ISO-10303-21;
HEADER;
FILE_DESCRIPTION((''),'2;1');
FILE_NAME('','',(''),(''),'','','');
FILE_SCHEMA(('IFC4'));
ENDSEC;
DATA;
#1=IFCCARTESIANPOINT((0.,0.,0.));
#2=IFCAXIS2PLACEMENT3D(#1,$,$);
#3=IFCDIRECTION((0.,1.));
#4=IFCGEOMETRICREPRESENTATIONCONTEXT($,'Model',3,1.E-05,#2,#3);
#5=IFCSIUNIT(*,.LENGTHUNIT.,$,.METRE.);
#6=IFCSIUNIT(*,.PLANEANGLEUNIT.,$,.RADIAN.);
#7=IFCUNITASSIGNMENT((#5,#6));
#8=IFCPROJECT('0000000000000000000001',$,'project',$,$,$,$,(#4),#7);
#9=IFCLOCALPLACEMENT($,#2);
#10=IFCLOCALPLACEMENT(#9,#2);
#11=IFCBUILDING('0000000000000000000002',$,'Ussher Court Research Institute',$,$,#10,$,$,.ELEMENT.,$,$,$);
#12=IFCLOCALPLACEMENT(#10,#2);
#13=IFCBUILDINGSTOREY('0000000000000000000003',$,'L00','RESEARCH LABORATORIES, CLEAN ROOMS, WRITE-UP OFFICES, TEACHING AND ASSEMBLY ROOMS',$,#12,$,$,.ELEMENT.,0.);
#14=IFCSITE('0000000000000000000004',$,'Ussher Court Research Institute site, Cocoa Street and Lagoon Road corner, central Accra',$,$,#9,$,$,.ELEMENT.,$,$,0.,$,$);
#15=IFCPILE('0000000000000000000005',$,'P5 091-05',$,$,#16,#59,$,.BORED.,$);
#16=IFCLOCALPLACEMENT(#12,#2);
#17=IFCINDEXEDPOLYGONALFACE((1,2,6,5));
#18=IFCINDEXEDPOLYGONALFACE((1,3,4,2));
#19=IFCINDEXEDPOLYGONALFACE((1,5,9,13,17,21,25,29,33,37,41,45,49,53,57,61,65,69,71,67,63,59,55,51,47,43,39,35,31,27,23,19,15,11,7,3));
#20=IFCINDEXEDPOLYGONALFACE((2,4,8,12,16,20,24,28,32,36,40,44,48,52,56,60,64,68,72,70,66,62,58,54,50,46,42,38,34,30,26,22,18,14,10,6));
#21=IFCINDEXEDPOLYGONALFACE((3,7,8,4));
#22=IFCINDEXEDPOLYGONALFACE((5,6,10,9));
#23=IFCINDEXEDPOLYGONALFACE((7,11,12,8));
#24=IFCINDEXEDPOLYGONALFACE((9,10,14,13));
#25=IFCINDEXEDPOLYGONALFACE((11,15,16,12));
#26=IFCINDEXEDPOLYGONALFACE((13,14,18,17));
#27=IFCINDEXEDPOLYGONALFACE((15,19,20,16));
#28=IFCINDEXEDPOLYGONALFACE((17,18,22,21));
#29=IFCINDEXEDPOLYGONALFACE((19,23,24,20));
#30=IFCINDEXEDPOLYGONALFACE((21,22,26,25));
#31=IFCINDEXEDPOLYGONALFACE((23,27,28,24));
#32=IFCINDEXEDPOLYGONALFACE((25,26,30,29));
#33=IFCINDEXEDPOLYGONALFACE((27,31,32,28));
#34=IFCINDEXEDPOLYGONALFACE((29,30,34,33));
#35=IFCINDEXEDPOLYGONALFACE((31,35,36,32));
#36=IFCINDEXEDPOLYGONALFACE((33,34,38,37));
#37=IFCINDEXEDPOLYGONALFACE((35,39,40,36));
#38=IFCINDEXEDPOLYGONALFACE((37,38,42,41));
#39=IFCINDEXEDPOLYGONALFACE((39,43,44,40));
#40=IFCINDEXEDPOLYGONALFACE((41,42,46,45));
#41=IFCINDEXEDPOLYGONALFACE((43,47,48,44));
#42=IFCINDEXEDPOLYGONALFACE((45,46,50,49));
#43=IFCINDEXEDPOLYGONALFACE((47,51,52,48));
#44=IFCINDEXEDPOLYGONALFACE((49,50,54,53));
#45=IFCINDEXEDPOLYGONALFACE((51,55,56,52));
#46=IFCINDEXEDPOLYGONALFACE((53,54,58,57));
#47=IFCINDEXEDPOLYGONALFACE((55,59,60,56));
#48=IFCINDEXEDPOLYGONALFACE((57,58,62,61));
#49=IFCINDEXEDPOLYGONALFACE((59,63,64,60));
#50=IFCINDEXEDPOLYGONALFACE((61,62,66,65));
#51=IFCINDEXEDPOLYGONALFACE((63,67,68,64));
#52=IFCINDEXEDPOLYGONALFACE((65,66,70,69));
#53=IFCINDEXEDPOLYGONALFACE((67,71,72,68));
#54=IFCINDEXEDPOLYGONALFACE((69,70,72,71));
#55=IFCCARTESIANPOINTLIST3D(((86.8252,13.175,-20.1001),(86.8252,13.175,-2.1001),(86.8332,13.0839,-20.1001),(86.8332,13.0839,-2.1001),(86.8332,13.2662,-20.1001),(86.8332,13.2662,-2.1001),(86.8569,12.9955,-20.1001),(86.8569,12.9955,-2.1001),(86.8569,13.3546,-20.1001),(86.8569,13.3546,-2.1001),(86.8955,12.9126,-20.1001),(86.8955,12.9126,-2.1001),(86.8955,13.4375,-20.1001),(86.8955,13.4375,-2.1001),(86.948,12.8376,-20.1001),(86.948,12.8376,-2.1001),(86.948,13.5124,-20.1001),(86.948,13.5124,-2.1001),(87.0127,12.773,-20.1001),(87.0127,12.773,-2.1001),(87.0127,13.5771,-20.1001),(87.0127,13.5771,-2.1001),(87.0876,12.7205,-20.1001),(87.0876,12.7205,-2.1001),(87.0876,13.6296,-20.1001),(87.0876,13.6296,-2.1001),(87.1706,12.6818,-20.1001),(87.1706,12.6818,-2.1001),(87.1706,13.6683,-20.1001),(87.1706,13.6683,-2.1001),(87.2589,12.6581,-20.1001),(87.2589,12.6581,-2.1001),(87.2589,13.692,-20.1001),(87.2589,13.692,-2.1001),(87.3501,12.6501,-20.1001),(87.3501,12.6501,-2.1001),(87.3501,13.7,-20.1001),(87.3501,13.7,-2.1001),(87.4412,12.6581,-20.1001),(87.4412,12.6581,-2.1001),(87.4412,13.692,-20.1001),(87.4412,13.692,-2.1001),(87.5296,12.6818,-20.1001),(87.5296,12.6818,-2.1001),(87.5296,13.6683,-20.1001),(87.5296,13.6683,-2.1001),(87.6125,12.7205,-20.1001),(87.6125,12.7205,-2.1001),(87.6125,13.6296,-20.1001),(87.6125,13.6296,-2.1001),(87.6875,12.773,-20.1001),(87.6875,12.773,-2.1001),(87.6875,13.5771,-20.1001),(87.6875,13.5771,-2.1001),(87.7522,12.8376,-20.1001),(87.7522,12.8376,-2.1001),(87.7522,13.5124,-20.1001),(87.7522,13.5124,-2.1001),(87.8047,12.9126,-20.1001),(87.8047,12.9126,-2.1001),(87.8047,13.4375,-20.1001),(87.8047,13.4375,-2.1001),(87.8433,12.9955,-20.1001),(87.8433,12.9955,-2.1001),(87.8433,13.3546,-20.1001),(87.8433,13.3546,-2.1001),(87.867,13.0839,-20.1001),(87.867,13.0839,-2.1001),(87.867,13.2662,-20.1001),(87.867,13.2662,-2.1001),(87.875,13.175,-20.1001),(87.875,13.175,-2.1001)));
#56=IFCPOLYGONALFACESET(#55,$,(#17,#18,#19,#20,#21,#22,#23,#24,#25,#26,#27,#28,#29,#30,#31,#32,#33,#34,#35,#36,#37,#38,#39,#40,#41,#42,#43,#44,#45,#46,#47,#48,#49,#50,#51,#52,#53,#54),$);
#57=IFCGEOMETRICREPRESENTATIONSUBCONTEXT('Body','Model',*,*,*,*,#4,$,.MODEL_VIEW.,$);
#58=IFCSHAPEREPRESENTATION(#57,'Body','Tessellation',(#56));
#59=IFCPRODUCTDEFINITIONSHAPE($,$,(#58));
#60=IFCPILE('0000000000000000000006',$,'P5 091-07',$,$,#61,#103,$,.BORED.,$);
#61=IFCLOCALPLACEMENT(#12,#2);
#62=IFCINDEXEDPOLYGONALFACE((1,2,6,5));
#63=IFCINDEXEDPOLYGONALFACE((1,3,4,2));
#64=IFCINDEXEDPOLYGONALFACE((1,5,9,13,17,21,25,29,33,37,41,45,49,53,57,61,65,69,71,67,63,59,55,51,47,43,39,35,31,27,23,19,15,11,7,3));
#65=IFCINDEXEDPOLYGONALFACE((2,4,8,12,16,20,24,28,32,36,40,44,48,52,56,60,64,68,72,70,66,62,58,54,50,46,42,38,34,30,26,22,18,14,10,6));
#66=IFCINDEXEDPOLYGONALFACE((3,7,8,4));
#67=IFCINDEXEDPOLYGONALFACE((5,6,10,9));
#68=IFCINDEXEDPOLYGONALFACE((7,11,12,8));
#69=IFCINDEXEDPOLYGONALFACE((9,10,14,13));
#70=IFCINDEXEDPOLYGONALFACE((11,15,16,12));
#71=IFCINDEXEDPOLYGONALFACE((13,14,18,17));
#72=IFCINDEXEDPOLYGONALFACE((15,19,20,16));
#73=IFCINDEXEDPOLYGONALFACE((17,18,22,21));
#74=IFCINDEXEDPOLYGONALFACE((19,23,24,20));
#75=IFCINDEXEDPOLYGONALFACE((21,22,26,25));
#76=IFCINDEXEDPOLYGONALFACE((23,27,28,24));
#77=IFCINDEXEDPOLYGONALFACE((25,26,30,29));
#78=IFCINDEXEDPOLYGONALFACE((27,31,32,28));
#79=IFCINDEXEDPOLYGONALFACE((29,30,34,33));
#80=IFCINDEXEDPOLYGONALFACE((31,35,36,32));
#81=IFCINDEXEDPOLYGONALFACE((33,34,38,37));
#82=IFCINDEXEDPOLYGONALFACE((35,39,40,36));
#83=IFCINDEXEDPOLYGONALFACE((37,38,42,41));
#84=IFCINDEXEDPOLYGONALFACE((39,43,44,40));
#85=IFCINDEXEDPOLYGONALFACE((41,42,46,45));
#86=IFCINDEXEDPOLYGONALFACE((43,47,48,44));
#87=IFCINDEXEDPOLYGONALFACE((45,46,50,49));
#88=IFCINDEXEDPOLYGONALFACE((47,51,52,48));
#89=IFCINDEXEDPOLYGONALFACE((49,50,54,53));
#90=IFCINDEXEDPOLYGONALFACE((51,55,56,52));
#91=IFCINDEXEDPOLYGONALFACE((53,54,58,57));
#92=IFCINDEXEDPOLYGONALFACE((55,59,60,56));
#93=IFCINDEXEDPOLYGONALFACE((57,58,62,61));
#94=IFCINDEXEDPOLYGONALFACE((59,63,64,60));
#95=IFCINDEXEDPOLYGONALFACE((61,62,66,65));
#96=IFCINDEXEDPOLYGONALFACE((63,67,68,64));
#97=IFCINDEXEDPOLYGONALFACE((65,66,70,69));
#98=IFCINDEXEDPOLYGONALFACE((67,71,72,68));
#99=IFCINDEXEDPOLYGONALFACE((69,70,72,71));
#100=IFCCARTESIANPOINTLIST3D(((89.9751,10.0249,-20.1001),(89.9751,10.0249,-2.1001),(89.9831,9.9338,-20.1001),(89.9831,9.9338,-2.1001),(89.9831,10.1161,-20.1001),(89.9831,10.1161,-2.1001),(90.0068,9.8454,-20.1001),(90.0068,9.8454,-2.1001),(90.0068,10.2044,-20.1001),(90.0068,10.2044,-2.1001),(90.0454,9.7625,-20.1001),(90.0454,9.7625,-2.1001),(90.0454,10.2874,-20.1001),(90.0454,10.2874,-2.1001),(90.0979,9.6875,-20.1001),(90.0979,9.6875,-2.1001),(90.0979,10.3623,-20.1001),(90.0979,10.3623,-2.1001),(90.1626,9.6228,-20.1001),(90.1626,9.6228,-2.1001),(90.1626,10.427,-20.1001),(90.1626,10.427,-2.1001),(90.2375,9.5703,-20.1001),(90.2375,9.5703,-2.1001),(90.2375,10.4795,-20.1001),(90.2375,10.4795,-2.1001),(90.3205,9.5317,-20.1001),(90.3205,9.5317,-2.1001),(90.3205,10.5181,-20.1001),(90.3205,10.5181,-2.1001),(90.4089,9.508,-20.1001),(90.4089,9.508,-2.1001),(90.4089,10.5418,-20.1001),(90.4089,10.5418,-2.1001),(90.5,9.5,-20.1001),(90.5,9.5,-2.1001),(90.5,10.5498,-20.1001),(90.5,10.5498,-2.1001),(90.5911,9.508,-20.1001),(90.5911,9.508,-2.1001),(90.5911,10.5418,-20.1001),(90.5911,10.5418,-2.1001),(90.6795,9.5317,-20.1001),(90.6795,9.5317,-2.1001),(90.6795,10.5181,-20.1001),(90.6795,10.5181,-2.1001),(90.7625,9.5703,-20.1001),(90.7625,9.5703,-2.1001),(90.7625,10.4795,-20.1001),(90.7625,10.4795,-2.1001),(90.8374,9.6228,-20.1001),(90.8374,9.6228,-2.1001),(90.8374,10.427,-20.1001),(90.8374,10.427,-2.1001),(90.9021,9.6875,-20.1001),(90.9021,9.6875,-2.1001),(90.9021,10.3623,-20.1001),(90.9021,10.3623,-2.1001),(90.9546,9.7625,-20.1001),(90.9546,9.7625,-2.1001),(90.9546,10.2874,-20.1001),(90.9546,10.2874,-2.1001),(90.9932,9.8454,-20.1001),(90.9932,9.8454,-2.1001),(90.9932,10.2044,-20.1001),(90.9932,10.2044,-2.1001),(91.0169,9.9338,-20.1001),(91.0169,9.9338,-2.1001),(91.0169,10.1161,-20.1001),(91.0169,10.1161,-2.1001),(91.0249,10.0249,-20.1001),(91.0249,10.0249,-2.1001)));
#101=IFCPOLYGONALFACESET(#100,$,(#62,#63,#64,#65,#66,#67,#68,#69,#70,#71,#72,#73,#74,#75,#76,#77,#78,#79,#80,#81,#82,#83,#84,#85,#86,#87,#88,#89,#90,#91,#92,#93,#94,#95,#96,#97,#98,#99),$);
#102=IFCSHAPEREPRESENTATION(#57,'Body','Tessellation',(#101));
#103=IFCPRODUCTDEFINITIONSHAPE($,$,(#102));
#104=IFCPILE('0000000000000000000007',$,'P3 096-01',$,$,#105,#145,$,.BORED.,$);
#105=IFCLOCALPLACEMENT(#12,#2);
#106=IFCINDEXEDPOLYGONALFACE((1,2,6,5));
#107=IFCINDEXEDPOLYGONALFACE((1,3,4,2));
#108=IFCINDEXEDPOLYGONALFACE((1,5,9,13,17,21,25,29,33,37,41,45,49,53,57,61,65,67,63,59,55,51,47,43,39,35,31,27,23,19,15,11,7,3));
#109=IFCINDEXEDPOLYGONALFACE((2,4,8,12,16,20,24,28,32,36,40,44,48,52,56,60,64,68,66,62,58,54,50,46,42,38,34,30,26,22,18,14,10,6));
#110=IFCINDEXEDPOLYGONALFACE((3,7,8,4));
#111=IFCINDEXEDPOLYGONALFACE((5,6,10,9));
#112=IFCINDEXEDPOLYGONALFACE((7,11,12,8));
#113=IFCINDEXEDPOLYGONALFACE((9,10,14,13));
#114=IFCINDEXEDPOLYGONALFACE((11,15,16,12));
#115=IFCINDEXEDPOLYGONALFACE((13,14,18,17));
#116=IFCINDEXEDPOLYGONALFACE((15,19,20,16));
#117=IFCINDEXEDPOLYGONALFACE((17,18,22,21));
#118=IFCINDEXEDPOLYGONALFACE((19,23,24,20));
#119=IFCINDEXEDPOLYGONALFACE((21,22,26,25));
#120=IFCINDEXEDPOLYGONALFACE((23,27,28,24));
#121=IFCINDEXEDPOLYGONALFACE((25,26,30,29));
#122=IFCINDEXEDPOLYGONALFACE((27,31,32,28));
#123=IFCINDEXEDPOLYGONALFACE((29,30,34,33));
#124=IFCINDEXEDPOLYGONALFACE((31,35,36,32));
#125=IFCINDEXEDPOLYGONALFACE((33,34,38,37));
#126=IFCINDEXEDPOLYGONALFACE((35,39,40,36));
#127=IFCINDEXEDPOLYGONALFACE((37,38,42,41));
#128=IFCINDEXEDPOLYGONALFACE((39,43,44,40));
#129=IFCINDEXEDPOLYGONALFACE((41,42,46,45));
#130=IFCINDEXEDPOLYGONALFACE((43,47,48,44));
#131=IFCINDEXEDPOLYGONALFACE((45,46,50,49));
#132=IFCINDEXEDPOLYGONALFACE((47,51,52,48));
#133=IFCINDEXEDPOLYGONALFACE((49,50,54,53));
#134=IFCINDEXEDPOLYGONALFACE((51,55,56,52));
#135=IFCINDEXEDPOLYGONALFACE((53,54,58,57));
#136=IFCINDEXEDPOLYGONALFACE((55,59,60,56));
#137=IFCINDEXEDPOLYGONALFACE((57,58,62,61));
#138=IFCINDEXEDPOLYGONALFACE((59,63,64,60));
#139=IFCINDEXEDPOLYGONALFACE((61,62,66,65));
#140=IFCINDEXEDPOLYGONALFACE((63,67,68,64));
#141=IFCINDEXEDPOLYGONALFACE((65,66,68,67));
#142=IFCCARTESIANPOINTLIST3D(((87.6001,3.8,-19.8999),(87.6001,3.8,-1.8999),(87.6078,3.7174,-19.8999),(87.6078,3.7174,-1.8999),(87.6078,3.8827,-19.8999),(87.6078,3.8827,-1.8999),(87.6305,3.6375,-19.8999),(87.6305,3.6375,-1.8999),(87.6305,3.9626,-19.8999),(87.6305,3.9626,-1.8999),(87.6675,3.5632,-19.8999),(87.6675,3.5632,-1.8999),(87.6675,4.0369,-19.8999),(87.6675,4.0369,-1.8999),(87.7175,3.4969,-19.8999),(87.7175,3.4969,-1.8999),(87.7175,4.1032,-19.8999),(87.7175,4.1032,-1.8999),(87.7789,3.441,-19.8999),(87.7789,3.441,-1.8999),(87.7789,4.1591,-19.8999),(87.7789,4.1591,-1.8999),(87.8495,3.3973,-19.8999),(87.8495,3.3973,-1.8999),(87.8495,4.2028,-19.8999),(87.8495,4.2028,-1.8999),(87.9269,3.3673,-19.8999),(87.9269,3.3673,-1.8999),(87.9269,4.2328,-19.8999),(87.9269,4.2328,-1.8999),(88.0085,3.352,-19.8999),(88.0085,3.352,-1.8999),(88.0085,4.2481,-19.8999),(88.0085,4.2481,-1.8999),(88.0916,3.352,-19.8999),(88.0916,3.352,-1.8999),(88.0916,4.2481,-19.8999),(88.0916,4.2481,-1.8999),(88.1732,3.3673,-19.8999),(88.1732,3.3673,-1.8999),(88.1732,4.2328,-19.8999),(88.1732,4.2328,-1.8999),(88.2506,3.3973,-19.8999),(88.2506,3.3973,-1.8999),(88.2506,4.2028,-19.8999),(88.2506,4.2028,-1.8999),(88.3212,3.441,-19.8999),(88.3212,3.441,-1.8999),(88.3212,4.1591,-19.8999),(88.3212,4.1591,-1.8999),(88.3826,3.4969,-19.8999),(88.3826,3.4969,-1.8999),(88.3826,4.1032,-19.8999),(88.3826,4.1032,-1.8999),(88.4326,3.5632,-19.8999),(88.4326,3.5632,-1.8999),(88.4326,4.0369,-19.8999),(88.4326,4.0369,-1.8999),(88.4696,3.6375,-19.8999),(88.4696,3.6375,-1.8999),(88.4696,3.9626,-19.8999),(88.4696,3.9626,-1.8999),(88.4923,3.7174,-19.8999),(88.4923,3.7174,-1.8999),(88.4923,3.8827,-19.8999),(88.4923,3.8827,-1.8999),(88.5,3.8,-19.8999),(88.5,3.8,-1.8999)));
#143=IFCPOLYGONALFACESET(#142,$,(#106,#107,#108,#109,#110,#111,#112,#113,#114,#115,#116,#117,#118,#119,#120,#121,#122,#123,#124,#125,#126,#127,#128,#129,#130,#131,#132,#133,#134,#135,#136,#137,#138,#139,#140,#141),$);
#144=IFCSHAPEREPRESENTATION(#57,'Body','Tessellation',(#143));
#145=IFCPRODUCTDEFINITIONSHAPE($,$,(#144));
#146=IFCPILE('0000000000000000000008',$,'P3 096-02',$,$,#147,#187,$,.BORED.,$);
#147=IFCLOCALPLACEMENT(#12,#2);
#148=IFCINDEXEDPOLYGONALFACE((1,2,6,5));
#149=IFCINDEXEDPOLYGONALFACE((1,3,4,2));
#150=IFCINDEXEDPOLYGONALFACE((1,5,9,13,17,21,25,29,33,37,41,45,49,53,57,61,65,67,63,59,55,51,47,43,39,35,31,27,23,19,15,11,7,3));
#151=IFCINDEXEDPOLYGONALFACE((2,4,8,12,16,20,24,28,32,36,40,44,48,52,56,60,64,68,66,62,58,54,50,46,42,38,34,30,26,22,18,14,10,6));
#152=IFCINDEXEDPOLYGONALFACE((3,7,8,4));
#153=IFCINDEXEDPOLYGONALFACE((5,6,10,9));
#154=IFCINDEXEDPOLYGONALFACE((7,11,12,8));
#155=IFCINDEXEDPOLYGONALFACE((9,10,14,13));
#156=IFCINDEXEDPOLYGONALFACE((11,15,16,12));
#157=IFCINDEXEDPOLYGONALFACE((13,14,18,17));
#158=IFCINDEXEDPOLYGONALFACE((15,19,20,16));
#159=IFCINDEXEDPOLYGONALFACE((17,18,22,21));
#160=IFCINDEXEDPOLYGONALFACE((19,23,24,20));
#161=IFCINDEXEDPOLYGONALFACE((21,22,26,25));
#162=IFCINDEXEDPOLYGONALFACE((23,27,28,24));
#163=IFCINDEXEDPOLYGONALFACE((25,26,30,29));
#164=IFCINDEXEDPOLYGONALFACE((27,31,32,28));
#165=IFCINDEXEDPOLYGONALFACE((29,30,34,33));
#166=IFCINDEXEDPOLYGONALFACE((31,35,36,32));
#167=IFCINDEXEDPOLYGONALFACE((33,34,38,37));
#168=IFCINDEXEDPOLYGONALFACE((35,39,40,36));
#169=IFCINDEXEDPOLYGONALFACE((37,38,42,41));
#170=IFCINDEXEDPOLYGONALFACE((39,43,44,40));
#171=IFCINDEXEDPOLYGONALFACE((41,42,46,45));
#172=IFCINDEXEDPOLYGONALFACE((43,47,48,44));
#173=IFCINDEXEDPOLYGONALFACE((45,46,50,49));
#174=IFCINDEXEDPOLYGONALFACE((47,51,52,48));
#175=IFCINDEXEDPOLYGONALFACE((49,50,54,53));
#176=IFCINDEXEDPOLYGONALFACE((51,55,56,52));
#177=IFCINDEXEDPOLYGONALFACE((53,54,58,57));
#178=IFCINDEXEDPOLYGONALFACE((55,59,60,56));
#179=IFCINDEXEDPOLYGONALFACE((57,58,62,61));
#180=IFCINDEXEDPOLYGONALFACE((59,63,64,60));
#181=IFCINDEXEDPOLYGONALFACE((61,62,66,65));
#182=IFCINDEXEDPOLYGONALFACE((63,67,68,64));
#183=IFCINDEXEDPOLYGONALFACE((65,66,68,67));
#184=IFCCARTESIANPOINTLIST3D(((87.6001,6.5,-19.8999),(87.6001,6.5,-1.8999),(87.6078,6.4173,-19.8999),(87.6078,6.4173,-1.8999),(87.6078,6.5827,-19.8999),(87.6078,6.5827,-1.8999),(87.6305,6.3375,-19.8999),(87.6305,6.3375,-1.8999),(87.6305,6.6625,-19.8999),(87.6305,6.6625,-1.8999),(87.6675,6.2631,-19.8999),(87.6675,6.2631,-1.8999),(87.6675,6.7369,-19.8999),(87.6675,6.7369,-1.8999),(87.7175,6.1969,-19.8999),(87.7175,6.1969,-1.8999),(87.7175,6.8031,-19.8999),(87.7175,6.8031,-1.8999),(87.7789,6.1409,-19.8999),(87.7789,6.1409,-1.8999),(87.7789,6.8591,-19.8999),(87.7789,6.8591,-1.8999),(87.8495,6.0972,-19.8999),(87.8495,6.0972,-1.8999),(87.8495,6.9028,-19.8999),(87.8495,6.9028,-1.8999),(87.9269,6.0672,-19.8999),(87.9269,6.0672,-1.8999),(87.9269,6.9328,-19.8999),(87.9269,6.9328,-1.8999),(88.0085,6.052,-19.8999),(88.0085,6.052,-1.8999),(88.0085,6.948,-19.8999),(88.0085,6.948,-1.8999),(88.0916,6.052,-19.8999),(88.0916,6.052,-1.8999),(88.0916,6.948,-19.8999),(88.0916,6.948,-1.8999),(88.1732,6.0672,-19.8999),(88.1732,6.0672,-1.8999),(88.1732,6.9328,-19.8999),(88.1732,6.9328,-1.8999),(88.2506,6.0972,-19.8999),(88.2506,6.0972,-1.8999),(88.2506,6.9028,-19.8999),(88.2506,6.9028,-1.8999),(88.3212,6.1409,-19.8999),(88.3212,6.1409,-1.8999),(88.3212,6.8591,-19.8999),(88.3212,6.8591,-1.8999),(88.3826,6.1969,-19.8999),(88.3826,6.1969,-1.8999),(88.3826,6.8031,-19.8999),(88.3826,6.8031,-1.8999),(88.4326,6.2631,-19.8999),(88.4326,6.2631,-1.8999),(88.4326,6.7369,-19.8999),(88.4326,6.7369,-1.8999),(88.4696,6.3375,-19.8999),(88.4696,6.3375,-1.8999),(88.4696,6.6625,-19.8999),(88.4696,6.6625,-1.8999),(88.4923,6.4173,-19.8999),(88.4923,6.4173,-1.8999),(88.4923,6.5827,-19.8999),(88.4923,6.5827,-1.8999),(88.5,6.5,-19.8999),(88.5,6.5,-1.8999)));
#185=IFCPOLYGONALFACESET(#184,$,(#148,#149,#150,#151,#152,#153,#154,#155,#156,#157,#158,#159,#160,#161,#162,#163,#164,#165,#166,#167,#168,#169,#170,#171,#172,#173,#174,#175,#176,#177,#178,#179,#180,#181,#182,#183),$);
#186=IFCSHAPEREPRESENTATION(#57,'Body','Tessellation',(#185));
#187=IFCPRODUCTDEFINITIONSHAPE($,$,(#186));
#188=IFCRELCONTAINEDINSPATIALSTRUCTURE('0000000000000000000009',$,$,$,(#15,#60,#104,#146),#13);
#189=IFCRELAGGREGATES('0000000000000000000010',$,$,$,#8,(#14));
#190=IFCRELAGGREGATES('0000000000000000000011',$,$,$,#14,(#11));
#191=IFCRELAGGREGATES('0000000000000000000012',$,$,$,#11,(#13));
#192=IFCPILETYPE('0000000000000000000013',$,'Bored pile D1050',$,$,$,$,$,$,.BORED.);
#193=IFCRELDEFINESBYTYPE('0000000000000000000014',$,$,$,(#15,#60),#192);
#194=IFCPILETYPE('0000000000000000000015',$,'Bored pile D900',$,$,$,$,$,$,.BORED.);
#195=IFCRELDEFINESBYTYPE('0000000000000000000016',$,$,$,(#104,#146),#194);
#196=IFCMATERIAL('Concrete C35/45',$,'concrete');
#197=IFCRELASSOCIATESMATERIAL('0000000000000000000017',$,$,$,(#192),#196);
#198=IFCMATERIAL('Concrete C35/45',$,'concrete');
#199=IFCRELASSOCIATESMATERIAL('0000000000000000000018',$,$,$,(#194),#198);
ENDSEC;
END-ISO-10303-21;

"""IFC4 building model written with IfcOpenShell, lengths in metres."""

from ifc_helpers import new_model, si_unit, direction, frame, origin, origin_2d, place, context, subcontext, project, spatial, circle, extrude, material, material_profile, profile_set, type_object, element, save


model = new_model("IFC4")

# Units and contexts
model_context = context("Model", 3, precision=1e-05, world=origin(), true_north=direction((0.0, 1.0)))
body_context = subcontext(model_context, "Body", "Model", "MODEL_VIEW")
ifc_project = project(units=[si_unit("LENGTHUNIT", "METRE"), si_unit("PLANEANGLEUNIT", "RADIAN")], contexts=[model_context])

# Site, building, storey
site_placement = place(None, origin())
site = spatial("IfcSite", under=ifc_project, at=site_placement, Name="Ussher Court Research Institute site, Cocoa Street and Lagoon Road corner, central Accra", CompositionType="ELEMENT", RefElevation=0.0)
building_placement = place(site_placement, origin())
building = spatial("IfcBuilding", under=site, at=building_placement, Name="Ussher Court Research Institute", CompositionType="ELEMENT")
storey_placement = place(building_placement, origin())
storey = spatial("IfcBuildingStorey", under=building, at=storey_placement, Name="L00", Description="RESEARCH LABORATORIES, CLEAN ROOMS, WRITE-UP OFFICES, TEACHING AND ASSEMBLY ROOMS", CompositionType="ELEMENT", Elevation=0.0)

# Piles
ifc_material_1 = material(Name="Concrete C35/45", Category="concrete")
ifc_material_profile_1 = material_profile(ifc_material_1, circle(Radius=0.5249, at=origin_2d()), Name="RC D1050")
ifc_profile_set_1 = profile_set([ifc_material_profile_1], Name="Concrete C35/45")
pile_type_1 = type_object("IfcPileType", Name="Bored pile D1050", PredefinedType="BORED", material=ifc_profile_set_1)
for number, where, z_axis, x_axis, name in (
    (1, (87.3501, 13.175, -2.1001), (0.0, 0.0, -1.0), (1.0, 0.0, 0.0), "P5 091-05"),
    (2, (90.5, 10.0249, -2.1001), (0.0, 0.0, -1.0), (1.0, 0.0, 0.0), "P5 091-07"),
):
    element("IfcPile", number, at=place(storey_placement, frame(where, z_axis=z_axis, x_axis=x_axis)), inside=storey, type_object=pile_type_1, Name=name, PredefinedType="BORED", context=body_context, shape_type="SweptSolid", body=[
        extrude(circle(Radius=0.5249, at=origin_2d()), origin(), (0.0, 0.0, 1.0), 18.0),
    ])
ifc_material_2 = material(Name="Concrete C35/45", Category="concrete")
ifc_material_profile_2 = material_profile(ifc_material_2, circle(Radius=0.45, at=origin_2d()), Name="RC D900")
ifc_profile_set_2 = profile_set([ifc_material_profile_2], Name="Concrete C35/45")
pile_type_2 = type_object("IfcPileType", Name="Bored pile D900", PredefinedType="BORED", material=ifc_profile_set_2)
for number, where, z_axis, x_axis, name in (
    (3, (88.05, 3.8, -1.8999), (0.0, 0.0, -1.0), (1.0, 0.0, 0.0), "P3 096-01"),
    (4, (88.05, 6.5, -1.8999), (0.0, 0.0, -1.0), (1.0, 0.0, 0.0), "P3 096-02"),
):
    element("IfcPile", number, at=place(storey_placement, frame(where, z_axis=z_axis, x_axis=x_axis)), inside=storey, type_object=pile_type_2, Name=name, PredefinedType="BORED", context=body_context, shape_type="SweptSolid", body=[
        extrude(circle(Radius=0.45, at=origin_2d()), origin(), (0.0, 0.0, 1.0), 18.0),
    ])

save(model, "model.ifc")
